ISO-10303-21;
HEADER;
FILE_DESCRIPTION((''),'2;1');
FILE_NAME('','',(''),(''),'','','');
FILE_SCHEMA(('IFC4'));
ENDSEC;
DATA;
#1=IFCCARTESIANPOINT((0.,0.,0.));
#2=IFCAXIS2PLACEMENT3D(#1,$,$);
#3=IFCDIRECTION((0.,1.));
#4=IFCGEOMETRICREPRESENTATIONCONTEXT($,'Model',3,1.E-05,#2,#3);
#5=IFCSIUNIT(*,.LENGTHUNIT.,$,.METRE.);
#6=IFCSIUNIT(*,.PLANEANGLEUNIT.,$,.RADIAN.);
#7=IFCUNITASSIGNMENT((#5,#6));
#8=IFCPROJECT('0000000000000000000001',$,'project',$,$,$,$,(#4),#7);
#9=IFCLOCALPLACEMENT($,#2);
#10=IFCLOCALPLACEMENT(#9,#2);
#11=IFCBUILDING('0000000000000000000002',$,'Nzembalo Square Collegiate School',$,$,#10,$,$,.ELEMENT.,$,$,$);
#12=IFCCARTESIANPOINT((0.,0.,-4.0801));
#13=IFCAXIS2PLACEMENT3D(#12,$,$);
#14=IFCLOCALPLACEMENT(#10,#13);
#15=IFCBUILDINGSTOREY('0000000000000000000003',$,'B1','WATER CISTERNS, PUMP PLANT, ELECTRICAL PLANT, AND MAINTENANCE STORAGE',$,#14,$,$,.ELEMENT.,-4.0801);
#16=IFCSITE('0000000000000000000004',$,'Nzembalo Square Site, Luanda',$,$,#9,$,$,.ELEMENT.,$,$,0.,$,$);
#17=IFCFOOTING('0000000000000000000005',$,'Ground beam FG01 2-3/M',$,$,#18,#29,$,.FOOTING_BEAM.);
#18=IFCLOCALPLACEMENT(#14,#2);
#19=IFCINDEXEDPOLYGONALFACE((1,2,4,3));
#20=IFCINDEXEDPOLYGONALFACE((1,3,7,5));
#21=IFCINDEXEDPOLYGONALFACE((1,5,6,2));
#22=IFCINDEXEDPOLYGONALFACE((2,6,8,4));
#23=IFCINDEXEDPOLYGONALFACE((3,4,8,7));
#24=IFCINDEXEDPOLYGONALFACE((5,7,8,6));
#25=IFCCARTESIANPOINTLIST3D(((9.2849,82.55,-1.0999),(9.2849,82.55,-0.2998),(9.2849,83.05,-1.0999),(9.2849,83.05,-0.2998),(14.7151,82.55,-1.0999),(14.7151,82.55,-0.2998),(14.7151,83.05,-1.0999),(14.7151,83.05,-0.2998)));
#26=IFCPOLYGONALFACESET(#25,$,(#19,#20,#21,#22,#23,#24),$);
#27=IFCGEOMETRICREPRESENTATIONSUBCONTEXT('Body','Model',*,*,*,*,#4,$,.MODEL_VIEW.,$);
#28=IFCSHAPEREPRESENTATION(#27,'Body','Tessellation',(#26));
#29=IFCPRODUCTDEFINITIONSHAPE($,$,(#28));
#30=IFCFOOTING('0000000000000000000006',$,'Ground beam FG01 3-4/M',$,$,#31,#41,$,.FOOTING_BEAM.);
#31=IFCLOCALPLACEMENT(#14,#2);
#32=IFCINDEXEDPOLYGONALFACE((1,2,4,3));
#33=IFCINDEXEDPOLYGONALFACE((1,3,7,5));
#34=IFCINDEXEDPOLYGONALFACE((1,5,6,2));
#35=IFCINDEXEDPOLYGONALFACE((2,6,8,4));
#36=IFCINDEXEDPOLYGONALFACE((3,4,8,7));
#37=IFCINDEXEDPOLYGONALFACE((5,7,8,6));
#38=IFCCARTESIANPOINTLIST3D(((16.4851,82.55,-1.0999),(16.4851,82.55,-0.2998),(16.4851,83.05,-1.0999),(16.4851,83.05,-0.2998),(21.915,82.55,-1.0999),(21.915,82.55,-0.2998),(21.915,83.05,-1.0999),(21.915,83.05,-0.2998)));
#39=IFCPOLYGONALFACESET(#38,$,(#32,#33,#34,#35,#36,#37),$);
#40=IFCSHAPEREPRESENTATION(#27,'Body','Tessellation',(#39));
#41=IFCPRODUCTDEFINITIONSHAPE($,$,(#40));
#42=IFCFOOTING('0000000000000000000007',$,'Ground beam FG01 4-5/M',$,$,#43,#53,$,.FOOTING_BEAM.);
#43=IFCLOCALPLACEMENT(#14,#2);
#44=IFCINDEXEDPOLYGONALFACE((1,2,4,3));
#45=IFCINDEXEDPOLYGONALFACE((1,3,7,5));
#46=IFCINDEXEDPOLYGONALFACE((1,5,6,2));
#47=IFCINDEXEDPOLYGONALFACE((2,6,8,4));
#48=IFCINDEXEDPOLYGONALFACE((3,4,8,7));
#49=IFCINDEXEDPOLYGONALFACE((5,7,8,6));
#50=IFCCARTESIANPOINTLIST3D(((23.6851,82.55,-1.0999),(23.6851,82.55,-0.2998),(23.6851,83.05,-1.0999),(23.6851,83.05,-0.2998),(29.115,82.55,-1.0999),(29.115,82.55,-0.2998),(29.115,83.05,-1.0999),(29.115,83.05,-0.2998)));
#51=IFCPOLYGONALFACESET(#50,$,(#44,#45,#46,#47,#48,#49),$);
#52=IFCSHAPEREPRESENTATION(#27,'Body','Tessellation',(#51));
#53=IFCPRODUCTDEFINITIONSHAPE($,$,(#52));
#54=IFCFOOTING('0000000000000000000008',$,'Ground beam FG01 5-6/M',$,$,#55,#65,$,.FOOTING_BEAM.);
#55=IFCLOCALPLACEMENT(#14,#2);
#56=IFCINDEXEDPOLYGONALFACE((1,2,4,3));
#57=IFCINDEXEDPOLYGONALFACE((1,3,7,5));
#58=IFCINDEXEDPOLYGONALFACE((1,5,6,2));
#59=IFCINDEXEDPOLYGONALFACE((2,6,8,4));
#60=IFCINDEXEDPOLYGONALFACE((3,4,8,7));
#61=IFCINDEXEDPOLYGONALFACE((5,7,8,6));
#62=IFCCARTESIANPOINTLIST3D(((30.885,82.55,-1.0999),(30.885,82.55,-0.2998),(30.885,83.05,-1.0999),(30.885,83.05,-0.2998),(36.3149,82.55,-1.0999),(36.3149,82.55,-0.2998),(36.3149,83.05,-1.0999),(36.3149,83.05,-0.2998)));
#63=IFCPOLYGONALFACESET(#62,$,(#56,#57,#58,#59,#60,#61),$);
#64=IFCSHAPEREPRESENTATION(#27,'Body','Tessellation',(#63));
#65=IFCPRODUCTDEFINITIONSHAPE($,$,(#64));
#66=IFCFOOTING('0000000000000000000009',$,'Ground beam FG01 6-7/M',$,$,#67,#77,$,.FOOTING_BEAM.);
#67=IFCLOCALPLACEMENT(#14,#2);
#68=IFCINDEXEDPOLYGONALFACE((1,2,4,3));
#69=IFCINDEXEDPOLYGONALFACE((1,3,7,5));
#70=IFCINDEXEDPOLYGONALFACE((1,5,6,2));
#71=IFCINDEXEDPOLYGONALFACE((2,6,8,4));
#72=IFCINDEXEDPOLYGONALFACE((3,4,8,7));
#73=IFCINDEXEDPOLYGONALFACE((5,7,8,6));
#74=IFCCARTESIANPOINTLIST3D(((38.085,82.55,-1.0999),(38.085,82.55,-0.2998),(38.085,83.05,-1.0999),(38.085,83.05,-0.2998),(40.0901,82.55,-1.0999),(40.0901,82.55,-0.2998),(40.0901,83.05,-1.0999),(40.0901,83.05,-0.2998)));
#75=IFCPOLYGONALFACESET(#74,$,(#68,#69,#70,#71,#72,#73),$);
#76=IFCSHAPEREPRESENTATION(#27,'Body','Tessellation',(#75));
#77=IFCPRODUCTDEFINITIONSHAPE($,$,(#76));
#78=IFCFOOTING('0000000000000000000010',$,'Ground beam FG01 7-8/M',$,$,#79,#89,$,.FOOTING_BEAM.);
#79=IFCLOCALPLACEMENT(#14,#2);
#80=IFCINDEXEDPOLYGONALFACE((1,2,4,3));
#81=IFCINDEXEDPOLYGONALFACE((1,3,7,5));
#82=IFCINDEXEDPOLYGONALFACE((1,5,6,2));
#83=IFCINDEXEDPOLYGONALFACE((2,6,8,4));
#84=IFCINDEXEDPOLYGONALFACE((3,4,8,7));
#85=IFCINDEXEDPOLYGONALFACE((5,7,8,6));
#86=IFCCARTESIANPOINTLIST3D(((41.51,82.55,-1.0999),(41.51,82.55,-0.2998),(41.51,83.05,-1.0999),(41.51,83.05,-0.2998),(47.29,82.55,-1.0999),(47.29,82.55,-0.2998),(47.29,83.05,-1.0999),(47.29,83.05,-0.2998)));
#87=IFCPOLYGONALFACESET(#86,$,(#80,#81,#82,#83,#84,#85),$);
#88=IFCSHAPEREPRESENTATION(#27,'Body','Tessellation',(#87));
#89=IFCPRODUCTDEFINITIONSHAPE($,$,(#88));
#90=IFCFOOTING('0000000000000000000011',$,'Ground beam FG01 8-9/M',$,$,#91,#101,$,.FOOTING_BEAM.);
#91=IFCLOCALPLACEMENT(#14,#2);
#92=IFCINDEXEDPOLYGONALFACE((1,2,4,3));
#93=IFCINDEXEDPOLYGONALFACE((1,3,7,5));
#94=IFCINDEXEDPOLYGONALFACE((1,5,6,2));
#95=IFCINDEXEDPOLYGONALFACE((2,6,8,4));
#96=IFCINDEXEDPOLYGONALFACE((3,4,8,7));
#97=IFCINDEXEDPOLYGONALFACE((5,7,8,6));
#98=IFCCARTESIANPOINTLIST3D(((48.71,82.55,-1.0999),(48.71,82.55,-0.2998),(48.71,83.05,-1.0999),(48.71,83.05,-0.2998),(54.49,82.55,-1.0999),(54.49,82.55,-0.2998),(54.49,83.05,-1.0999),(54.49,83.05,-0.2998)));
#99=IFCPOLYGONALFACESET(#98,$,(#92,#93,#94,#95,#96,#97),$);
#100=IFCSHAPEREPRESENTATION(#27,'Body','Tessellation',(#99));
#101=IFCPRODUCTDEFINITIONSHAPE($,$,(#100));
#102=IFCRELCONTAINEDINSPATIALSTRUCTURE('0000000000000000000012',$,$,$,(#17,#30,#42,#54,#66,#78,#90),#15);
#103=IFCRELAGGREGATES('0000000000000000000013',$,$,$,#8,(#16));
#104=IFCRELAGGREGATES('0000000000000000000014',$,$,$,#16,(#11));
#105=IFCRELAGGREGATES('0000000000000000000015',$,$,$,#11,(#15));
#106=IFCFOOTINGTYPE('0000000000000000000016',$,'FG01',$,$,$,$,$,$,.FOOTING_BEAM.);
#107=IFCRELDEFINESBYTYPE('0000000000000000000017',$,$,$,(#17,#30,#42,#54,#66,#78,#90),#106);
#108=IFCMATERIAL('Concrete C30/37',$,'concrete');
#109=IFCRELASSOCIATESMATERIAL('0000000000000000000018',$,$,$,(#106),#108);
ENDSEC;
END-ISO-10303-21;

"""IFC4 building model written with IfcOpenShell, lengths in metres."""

from ifc_helpers import new_model, si_unit, direction, frame, origin, place, context, subcontext, project, spatial, polyline, outline, extrude, material, type_object, element, save


model = new_model("IFC4")

# Units and contexts
model_context = context("Model", 3, precision=1e-05, world=origin(), true_north=direction((0.0, 1.0)))
body_context = subcontext(model_context, "Body", "Model", "MODEL_VIEW")
ifc_project = project(units=[si_unit("LENGTHUNIT", "METRE"), si_unit("PLANEANGLEUNIT", "RADIAN")], contexts=[model_context])

# Site, building, storey
site_placement = place(None, origin())
site = spatial("IfcSite", under=ifc_project, at=site_placement, Name="Nzembalo Square Site, Luanda", CompositionType="ELEMENT", RefElevation=0.0)
building_placement = place(site_placement, origin())
building = spatial("IfcBuilding", under=site, at=building_placement, Name="Nzembalo Square Collegiate School", CompositionType="ELEMENT")
storey_placement = place(building_placement, frame((0.0, 0.0, -4.0801)))
storey = spatial("IfcBuildingStorey", under=building, at=storey_placement, Name="B1", Description="WATER CISTERNS, PUMP PLANT, ELECTRICAL PLANT, AND MAINTENANCE STORAGE", CompositionType="ELEMENT", Elevation=-4.0801)

# Footings
ifc_material = material(Name="Concrete C30/37", Category="concrete")
footing_type = type_object("IfcFootingType", Name="FG01", PredefinedType="FOOTING_BEAM", material=ifc_material)
footing_1_placement = place(storey_placement, frame((0.0, 0.0, -1.0999)))
element("IfcFooting", 1, at=footing_1_placement, inside=storey, type_object=footing_type, Name="Ground beam FG01 2-3/M", PredefinedType="FOOTING_BEAM", context=body_context, shape_type="SweptSolid", body=[
    extrude(outline(polyline([(9.2849, 82.55), (14.7151, 82.55), (14.7151, 83.05), (9.2849, 83.05), (9.2849, 82.55)])), origin(), (0.0, 0.0, 1.0), 0.8),
])
footing_2_placement = place(storey_placement, frame((0.0, 0.0, -1.0999)))
element("IfcFooting", 2, at=footing_2_placement, inside=storey, type_object=footing_type, Name="Ground beam FG01 3-4/M", PredefinedType="FOOTING_BEAM", context=body_context, shape_type="SweptSolid", body=[
    extrude(outline(polyline([(16.4851, 82.55), (21.915, 82.55), (21.915, 83.05), (16.4851, 83.05), (16.4851, 82.55)])), origin(), (0.0, 0.0, 1.0), 0.8),
])
footing_3_placement = place(storey_placement, frame((0.0, 0.0, -1.0999)))
element("IfcFooting", 3, at=footing_3_placement, inside=storey, type_object=footing_type, Name="Ground beam FG01 4-5/M", PredefinedType="FOOTING_BEAM", context=body_context, shape_type="SweptSolid", body=[
    extrude(outline(polyline([(23.6851, 82.55), (29.115, 82.55), (29.115, 83.05), (23.6851, 83.05), (23.6851, 82.55)])), origin(), (0.0, 0.0, 1.0), 0.8),
])
footing_4_placement = place(storey_placement, frame((0.0, 0.0, -1.0999)))
element("IfcFooting", 4, at=footing_4_placement, inside=storey, type_object=footing_type, Name="Ground beam FG01 5-6/M", PredefinedType="FOOTING_BEAM", context=body_context, shape_type="SweptSolid", body=[
    extrude(outline(polyline([(30.885, 82.55), (36.3149, 82.55), (36.3149, 83.05), (30.885, 83.05), (30.885, 82.55)])), origin(), (0.0, 0.0, 1.0), 0.8),
])
footing_5_placement = place(storey_placement, frame((0.0, 0.0, -1.0999)))
element("IfcFooting", 5, at=footing_5_placement, inside=storey, type_object=footing_type, Name="Ground beam FG01 6-7/M", PredefinedType="FOOTING_BEAM", context=body_context, shape_type="SweptSolid", body=[
    extrude(outline(polyline([(38.085, 82.55), (40.0901, 82.55), (40.0901, 83.05), (38.085, 83.05), (38.085, 82.55)])), origin(), (0.0, 0.0, 1.0), 0.8),
])
footing_6_placement = place(storey_placement, frame((0.0, 0.0, -1.0999)))
element("IfcFooting", 6, at=footing_6_placement, inside=storey, type_object=footing_type, Name="Ground beam FG01 7-8/M", PredefinedType="FOOTING_BEAM", context=body_context, shape_type="SweptSolid", body=[
    extrude(outline(polyline([(41.51, 82.55), (47.29, 82.55), (47.29, 83.05), (41.51, 83.05), (41.51, 82.55)])), origin(), (0.0, 0.0, 1.0), 0.8),
])
footing_7_placement = place(storey_placement, frame((0.0, 0.0, -1.0999)))
element("IfcFooting", 7, at=footing_7_placement, inside=storey, type_object=footing_type, Name="Ground beam FG01 8-9/M", PredefinedType="FOOTING_BEAM", context=body_context, shape_type="SweptSolid", body=[
    extrude(outline(polyline([(48.71, 82.55), (54.49, 82.55), (54.49, 83.05), (48.71, 83.05), (48.71, 82.55)])), origin(), (0.0, 0.0, 1.0), 0.8),
])

save(model, "model.ifc")
